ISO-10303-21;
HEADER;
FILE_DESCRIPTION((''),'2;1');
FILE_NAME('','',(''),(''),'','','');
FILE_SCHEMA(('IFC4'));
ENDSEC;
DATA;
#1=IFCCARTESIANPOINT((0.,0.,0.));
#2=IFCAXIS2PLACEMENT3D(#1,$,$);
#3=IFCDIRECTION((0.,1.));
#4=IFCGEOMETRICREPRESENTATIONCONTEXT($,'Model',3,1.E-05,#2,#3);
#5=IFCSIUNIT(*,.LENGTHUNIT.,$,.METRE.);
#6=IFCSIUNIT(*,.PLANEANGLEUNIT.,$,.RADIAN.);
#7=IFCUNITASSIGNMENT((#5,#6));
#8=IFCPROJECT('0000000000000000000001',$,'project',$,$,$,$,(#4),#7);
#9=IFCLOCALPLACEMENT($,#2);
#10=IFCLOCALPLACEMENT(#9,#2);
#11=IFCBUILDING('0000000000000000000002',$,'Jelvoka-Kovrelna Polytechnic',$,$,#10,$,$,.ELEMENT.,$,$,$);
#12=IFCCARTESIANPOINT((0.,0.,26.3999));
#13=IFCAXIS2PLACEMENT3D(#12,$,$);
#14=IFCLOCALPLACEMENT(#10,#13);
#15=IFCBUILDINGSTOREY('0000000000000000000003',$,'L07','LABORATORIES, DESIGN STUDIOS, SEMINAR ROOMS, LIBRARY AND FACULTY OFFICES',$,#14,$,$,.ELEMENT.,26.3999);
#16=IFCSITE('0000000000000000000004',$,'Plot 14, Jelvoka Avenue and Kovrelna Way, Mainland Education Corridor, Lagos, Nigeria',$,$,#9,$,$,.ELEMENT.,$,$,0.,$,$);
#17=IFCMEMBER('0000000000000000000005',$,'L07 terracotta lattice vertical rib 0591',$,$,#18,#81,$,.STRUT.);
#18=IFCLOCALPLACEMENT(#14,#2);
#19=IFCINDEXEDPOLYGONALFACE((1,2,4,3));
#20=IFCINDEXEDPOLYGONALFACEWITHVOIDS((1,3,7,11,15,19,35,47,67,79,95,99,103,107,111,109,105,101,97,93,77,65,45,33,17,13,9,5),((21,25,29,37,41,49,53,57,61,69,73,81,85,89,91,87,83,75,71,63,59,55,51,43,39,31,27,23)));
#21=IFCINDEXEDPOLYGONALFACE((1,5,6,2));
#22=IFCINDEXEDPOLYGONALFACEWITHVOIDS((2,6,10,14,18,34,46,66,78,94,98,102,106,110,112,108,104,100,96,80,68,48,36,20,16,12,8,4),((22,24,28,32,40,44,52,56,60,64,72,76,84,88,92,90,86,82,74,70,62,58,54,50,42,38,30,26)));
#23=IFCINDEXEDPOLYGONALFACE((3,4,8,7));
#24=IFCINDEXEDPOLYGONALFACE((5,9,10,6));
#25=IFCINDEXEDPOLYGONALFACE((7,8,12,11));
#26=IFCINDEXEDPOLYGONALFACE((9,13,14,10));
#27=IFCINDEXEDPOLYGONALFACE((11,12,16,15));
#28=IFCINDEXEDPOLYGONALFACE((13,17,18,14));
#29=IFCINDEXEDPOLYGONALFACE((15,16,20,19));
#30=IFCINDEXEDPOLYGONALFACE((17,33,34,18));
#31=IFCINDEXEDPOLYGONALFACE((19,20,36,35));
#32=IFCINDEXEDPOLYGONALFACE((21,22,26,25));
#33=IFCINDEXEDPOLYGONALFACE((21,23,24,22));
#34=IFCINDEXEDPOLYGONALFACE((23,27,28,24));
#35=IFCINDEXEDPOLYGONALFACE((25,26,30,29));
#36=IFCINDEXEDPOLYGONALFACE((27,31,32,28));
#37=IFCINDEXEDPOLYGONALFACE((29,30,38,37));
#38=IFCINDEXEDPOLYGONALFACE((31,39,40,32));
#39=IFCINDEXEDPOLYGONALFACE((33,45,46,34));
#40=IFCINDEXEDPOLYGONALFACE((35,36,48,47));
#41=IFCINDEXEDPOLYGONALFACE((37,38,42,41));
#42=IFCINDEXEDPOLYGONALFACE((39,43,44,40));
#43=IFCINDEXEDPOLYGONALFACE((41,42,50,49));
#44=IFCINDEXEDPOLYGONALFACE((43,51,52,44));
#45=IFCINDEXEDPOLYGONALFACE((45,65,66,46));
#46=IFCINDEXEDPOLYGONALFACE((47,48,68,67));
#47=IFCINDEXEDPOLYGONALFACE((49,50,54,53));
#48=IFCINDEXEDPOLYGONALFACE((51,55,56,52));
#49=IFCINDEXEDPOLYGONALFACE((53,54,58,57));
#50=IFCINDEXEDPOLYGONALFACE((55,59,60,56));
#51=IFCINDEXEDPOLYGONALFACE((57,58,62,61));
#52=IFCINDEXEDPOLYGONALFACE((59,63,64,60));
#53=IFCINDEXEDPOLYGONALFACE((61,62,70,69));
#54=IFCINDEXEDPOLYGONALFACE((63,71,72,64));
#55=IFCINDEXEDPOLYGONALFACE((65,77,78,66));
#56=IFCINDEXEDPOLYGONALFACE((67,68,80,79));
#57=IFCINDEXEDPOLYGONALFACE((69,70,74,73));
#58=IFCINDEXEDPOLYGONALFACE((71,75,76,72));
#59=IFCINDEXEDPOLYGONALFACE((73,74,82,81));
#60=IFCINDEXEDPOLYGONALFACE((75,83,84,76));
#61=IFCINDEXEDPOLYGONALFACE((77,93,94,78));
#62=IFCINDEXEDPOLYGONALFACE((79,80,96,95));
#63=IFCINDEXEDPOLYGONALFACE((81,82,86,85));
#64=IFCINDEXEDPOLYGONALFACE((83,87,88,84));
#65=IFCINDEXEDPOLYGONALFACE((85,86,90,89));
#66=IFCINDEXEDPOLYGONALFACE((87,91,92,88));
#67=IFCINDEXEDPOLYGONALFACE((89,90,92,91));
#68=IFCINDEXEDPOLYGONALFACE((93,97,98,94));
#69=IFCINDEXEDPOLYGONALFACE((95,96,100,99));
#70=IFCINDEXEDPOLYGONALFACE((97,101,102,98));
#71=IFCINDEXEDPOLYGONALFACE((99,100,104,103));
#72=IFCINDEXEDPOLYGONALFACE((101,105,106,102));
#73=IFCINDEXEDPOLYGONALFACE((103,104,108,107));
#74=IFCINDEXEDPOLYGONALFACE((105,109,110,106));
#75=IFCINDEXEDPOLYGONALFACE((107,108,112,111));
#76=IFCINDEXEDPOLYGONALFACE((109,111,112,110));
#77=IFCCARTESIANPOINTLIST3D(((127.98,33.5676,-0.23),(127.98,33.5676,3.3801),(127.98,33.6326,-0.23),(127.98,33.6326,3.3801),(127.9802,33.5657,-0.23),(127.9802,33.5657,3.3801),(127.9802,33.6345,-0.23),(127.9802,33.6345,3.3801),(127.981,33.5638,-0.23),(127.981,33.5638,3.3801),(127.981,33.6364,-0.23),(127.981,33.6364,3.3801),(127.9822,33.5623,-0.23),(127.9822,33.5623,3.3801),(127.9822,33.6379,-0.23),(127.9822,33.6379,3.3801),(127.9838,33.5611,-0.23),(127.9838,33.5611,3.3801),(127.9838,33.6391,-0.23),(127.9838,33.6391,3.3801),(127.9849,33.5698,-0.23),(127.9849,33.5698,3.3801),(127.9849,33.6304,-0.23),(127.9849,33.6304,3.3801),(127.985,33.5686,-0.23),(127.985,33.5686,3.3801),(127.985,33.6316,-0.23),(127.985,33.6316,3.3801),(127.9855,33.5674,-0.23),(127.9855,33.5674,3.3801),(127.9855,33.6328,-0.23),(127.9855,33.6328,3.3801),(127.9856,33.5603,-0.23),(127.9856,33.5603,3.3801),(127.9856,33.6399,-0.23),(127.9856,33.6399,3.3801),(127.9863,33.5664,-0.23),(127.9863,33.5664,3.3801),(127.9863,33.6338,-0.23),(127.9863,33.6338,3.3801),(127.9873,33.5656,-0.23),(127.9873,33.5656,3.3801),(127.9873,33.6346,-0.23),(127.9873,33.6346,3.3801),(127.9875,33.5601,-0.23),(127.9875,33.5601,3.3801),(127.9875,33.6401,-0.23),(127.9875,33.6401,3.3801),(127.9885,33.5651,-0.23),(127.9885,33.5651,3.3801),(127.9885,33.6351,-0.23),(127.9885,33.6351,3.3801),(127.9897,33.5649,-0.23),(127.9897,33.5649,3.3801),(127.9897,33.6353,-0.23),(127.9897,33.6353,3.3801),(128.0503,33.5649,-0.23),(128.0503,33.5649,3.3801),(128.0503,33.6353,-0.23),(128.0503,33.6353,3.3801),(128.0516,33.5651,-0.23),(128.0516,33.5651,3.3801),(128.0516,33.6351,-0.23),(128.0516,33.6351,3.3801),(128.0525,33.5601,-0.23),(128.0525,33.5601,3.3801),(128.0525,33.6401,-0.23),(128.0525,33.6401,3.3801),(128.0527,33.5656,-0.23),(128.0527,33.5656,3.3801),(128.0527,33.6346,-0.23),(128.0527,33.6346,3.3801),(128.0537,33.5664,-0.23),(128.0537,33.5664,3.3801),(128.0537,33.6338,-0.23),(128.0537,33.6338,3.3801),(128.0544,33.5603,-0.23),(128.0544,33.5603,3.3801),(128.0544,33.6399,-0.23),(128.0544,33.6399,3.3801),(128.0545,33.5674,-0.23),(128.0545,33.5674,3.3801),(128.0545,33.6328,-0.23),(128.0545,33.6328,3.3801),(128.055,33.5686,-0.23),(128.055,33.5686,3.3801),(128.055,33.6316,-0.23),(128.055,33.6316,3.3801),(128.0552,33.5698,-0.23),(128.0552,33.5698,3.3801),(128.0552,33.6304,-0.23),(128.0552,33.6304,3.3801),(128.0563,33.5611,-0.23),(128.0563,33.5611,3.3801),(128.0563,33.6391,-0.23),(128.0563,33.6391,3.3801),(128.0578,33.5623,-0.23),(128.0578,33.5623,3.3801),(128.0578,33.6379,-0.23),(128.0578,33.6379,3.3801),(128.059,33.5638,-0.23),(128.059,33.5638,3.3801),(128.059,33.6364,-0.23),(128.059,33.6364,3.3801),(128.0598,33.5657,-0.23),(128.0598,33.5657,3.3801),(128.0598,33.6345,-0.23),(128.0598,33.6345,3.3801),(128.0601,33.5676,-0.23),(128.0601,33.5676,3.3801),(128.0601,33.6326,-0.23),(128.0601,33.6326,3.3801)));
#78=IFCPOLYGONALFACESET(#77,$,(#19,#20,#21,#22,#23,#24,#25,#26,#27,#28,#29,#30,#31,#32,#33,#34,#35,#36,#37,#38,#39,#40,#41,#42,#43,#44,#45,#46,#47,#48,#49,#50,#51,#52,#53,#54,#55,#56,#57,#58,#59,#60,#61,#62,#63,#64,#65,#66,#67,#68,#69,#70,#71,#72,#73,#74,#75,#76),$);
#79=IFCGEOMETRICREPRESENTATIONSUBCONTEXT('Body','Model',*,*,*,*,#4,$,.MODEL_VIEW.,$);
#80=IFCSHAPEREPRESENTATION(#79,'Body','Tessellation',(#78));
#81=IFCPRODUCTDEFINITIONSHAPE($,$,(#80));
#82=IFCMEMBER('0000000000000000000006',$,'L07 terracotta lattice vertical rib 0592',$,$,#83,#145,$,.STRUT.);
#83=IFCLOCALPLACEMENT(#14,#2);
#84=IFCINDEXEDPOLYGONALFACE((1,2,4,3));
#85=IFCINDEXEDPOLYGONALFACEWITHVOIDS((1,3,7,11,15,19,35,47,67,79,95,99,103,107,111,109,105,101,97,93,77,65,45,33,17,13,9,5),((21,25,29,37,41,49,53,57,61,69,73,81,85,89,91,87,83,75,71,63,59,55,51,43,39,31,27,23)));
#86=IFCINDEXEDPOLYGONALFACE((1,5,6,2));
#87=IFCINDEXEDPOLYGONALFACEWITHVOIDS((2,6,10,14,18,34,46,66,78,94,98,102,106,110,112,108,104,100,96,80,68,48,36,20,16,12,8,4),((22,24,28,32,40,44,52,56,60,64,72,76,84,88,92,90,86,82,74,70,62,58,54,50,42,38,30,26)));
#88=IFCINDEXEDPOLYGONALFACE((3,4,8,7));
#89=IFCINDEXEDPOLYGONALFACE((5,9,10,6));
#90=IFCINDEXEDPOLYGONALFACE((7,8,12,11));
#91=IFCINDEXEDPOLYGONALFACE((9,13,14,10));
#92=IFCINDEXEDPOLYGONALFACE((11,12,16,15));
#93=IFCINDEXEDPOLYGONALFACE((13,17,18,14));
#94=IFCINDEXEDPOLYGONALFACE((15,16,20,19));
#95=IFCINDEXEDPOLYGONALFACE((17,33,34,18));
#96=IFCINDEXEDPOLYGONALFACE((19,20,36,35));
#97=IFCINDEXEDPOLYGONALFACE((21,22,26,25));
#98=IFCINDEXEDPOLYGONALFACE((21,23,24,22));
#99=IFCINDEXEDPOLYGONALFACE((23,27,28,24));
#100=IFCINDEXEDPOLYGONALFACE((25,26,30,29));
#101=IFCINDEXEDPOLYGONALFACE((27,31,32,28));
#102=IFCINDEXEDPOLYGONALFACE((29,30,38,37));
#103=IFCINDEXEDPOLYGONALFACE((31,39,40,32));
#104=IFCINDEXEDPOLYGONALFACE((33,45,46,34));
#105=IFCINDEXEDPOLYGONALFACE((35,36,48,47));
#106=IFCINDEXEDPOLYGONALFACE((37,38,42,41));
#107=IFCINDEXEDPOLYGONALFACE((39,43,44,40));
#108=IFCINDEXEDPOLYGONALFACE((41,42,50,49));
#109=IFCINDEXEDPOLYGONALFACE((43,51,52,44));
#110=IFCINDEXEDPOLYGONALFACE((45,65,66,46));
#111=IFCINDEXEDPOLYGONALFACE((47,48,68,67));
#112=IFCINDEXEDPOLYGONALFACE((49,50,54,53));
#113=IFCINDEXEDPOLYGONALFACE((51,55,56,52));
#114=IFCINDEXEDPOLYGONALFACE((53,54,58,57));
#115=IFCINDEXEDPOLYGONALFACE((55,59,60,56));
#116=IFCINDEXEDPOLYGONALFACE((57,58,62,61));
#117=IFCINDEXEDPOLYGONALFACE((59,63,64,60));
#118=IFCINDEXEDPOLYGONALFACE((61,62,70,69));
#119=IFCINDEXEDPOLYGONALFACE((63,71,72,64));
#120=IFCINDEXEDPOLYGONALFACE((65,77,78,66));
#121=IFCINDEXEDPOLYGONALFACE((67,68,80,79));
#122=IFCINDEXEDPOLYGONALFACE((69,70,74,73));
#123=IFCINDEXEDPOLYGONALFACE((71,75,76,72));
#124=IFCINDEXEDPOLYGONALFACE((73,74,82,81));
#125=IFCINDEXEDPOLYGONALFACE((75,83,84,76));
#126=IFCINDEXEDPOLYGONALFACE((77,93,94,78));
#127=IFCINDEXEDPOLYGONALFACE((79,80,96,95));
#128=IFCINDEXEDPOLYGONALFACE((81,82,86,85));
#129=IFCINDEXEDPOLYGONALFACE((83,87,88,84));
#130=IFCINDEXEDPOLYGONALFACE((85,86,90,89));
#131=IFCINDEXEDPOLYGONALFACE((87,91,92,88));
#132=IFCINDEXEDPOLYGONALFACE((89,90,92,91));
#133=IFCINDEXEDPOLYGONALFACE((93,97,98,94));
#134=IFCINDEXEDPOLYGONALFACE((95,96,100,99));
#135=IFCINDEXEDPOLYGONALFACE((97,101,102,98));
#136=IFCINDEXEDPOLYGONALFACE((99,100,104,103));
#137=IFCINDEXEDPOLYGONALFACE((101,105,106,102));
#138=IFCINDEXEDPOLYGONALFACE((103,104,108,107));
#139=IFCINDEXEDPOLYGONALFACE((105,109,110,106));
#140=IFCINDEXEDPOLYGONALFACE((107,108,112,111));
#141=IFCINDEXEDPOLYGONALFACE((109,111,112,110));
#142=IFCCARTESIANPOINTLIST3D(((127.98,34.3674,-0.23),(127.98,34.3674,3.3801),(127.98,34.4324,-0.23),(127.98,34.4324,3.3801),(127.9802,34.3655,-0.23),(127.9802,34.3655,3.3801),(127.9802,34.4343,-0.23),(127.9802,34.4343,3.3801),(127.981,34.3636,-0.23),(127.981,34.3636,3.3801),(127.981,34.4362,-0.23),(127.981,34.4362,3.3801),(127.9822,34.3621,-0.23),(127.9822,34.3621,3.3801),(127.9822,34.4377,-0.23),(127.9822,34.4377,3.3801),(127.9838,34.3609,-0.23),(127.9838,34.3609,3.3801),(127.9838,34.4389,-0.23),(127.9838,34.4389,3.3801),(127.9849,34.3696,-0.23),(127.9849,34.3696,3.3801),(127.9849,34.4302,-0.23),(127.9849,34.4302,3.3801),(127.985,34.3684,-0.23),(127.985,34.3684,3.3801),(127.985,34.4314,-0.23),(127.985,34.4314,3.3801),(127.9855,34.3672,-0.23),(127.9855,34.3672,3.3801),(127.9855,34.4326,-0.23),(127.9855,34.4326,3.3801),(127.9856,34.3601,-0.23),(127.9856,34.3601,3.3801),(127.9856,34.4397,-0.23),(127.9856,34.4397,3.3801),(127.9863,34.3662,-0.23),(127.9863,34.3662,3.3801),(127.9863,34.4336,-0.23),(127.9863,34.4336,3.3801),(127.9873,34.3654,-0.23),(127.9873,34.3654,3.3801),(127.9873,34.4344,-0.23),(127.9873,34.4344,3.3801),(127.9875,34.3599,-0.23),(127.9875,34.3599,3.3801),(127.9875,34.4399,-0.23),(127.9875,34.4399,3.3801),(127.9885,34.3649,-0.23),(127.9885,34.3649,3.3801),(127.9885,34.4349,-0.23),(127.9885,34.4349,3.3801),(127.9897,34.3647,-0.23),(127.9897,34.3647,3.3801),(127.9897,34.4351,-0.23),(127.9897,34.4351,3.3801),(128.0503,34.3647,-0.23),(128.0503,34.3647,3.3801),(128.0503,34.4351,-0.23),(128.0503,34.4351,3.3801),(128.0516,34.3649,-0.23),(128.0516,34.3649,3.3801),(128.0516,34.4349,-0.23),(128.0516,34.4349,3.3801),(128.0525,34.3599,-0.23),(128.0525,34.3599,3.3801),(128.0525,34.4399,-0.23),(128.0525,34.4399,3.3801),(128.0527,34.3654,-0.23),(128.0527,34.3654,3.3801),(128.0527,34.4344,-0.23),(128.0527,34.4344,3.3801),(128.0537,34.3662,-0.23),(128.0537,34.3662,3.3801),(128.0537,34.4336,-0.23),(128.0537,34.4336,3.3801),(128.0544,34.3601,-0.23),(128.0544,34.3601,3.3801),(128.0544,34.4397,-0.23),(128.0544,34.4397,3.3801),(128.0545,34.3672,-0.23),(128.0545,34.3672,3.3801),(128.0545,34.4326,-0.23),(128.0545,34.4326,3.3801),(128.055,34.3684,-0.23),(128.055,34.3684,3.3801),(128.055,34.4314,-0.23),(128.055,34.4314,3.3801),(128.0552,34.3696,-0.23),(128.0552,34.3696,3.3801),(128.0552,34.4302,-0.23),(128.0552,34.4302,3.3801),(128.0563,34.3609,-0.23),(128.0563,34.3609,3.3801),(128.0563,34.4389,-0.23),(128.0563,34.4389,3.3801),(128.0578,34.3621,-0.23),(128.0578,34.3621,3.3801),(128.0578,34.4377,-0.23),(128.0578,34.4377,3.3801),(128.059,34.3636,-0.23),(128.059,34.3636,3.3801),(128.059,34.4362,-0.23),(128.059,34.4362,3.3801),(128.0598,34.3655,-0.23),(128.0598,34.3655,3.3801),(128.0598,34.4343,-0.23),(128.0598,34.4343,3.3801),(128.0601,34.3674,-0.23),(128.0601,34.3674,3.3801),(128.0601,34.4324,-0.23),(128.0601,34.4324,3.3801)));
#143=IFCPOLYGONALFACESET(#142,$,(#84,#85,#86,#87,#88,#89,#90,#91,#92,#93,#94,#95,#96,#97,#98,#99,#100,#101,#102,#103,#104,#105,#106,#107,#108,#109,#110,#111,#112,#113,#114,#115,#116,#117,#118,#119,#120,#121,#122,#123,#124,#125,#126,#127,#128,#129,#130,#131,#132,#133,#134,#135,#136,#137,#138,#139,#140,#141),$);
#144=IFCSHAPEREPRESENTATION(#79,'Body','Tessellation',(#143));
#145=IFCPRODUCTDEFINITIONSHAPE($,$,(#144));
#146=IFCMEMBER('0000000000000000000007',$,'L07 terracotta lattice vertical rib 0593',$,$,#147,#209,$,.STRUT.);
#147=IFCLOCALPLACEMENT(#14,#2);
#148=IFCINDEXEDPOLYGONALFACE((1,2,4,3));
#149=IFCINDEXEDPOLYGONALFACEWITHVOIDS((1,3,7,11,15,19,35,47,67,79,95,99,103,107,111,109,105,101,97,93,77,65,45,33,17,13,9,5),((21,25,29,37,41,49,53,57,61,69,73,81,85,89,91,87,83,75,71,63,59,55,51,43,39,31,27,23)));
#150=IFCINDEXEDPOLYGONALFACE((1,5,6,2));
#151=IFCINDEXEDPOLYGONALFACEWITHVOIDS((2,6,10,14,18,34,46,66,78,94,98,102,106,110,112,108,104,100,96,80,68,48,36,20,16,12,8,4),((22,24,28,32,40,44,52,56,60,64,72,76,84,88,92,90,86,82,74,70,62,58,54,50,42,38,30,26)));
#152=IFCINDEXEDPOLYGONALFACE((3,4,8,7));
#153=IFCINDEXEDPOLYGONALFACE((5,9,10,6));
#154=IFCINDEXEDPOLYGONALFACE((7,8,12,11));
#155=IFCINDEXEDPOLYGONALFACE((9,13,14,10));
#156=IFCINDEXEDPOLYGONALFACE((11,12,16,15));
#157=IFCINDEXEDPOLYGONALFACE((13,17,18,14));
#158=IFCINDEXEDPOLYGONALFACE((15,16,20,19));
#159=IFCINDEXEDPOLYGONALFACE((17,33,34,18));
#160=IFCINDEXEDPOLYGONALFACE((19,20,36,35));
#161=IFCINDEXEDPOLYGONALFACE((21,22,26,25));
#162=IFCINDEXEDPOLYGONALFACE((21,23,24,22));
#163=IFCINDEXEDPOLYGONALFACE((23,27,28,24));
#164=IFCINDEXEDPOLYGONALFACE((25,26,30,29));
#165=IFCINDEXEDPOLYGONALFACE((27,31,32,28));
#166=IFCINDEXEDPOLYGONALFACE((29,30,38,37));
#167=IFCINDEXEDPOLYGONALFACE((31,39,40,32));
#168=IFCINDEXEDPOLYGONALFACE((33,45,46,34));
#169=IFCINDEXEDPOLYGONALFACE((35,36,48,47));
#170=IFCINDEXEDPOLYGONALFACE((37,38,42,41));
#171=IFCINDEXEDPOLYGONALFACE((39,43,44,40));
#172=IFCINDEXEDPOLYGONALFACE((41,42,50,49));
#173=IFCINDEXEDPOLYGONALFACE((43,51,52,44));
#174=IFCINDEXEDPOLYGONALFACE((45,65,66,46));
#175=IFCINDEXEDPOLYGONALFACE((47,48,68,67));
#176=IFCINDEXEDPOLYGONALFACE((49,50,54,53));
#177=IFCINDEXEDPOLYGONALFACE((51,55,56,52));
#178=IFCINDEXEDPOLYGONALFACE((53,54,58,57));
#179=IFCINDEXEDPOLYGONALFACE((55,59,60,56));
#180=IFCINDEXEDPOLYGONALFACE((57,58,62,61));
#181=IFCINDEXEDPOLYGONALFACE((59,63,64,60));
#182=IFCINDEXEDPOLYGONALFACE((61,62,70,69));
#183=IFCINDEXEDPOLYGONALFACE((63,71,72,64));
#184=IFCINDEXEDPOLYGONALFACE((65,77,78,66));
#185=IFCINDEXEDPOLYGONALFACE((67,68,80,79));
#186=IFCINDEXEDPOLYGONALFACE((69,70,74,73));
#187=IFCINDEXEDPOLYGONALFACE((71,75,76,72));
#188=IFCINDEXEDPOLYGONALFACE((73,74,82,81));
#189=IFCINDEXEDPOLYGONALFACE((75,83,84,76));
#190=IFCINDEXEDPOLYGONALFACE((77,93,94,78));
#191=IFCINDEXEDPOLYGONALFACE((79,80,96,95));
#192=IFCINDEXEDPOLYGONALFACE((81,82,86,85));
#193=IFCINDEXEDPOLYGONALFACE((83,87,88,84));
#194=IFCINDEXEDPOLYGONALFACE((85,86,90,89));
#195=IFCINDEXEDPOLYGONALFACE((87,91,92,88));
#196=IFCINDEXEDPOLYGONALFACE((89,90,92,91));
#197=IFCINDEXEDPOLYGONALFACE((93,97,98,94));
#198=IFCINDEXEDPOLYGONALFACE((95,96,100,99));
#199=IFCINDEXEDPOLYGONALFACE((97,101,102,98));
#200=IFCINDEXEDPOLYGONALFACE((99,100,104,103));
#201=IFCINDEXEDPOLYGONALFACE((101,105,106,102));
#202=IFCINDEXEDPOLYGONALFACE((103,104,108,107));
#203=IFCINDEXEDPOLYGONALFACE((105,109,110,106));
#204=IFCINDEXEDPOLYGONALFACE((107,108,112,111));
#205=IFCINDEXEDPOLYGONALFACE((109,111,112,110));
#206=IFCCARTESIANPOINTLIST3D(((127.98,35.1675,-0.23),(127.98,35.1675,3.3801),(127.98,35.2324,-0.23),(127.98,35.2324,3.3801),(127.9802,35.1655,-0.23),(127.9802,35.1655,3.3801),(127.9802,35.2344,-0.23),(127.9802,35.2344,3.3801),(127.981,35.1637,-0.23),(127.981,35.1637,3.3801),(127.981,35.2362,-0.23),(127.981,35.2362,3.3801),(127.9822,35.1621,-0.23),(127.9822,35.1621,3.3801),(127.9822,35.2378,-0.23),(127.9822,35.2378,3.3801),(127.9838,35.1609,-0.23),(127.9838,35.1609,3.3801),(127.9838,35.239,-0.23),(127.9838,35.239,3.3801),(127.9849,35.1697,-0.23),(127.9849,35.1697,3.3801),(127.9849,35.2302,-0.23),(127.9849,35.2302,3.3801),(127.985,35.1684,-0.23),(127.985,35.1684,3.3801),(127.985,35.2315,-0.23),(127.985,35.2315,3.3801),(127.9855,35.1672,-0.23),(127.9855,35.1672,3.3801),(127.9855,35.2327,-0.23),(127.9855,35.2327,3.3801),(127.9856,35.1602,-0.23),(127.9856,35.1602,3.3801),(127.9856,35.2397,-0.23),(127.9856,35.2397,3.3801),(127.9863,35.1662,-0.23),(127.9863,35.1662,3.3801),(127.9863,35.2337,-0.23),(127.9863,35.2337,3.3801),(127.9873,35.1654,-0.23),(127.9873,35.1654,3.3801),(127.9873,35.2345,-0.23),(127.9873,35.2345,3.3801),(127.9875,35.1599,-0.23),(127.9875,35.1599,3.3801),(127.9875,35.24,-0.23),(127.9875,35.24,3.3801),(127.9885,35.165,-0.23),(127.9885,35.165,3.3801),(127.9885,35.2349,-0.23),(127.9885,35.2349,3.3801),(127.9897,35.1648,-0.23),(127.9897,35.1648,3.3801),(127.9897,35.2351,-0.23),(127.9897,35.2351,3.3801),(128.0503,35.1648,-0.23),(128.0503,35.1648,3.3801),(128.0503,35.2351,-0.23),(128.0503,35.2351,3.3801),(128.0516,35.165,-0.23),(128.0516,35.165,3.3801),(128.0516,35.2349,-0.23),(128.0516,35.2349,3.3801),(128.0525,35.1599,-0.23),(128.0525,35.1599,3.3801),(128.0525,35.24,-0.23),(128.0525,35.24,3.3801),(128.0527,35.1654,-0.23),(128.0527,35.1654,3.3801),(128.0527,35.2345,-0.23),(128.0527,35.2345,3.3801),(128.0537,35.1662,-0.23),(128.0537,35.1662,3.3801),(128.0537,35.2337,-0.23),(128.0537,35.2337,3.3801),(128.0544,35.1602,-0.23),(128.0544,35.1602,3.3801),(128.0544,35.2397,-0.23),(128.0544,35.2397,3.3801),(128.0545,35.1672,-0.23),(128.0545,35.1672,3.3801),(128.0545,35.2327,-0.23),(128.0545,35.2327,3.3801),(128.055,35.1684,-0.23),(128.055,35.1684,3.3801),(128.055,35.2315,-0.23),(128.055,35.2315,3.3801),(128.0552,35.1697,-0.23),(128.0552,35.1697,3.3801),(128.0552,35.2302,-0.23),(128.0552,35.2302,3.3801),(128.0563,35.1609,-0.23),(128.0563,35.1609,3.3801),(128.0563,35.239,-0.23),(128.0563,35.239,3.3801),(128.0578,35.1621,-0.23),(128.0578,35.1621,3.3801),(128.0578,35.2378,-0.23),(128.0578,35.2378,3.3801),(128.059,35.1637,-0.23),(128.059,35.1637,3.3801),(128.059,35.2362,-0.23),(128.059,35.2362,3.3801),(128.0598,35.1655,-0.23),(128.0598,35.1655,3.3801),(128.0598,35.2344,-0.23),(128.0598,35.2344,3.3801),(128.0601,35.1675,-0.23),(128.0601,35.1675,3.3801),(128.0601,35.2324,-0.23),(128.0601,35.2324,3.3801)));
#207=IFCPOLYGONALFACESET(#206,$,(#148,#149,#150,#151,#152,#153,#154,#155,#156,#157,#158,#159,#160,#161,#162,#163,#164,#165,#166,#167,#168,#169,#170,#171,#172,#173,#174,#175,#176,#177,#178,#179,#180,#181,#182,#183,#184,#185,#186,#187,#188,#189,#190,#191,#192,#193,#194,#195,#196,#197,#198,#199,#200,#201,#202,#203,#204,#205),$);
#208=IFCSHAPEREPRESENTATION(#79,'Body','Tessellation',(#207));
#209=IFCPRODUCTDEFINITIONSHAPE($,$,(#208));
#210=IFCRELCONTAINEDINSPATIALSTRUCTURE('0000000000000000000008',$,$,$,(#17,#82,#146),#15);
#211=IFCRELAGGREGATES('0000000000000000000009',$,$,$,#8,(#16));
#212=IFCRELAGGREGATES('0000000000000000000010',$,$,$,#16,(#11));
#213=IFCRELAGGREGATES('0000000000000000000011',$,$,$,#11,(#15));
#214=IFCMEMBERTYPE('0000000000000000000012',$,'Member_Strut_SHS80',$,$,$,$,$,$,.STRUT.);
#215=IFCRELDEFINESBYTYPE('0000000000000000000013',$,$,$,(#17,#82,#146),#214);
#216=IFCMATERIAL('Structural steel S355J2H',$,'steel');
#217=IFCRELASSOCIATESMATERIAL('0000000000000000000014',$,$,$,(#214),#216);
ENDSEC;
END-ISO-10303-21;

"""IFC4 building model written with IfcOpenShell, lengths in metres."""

from ifc_helpers import new_model, si_unit, direction, frame, origin, origin_2d, place, context, subcontext, project, spatial, hollow_rectangle, extrude, material, material_profile, profile_set, type_object, element, save


model = new_model("IFC4")

# Units and contexts
model_context = context("Model", 3, precision=1e-05, world=origin(), true_north=direction((0.0, 1.0)))
body_context = subcontext(model_context, "Body", "Model", "MODEL_VIEW")
ifc_project = project(units=[si_unit("LENGTHUNIT", "METRE"), si_unit("PLANEANGLEUNIT", "RADIAN")], contexts=[model_context])

# Site, building, storey
site_placement = place(None, origin())
site = spatial("IfcSite", under=ifc_project, at=site_placement, Name="Plot 14, Jelvoka Avenue and Kovrelna Way, Mainland Education Corridor, Lagos, Nigeria", CompositionType="ELEMENT", RefElevation=0.0)
building_placement = place(site_placement, origin())
building = spatial("IfcBuilding", under=site, at=building_placement, Name="Jelvoka-Kovrelna Polytechnic", CompositionType="ELEMENT")
storey_placement = place(building_placement, frame((0.0, 0.0, 26.3999)))
storey = spatial("IfcBuildingStorey", under=building, at=storey_placement, Name="L07", Description="LABORATORIES, DESIGN STUDIOS, SEMINAR ROOMS, LIBRARY AND FACULTY OFFICES", CompositionType="ELEMENT", Elevation=26.3999)

# Members
ifc_material_1 = material(Name="Structural steel S355J2H", Category="steel")
ifc_material_profile_1 = material_profile(ifc_material_1, hollow_rectangle(XDim=0.0801, YDim=0.0801, WallThickness=0.0049, InnerFilletRadius=0.0049, OuterFilletRadius=0.0076, at=origin_2d()), Name="80x80x5.0 SHS")
ifc_profile_set_1 = profile_set([ifc_material_profile_1], Name="Structural steel S355J2H")
member_type_1 = type_object("IfcMemberType", Name="Member_Strut_SHS80", PredefinedType="STRUT", material=ifc_profile_set_1)
for number, where, z_axis, x_axis, name in (
    (1, (128.02, 33.6001, -0.23), (0.0, 0.0, 1.0), (1.0, 0.0, 0.0), "L07 terracotta lattice vertical rib 0591"),
    (2, (128.02, 34.3999, -0.23), (0.0, 0.0, 1.0), (1.0, 0.0, 0.0), "L07 terracotta lattice vertical rib 0592"),
    (3, (128.02, 35.2, -0.23), (0.0, 0.0, 1.0), (1.0, 0.0, 0.0), "L07 terracotta lattice vertical rib 0593"),
):
    element("IfcMember", number, at=place(storey_placement, frame(where, z_axis=z_axis, x_axis=x_axis)), inside=storey, type_object=member_type_1, Name=name, PredefinedType="STRUT", context=body_context, shape_type="SweptSolid", body=[
        extrude(hollow_rectangle(XDim=0.0801, YDim=0.0801, WallThickness=0.0049, InnerFilletRadius=0.0049, OuterFilletRadius=0.0076, at=origin_2d()), origin(), (0.0, 0.0, 1.0), 3.6101),
    ])

save(model, "model.ifc")
